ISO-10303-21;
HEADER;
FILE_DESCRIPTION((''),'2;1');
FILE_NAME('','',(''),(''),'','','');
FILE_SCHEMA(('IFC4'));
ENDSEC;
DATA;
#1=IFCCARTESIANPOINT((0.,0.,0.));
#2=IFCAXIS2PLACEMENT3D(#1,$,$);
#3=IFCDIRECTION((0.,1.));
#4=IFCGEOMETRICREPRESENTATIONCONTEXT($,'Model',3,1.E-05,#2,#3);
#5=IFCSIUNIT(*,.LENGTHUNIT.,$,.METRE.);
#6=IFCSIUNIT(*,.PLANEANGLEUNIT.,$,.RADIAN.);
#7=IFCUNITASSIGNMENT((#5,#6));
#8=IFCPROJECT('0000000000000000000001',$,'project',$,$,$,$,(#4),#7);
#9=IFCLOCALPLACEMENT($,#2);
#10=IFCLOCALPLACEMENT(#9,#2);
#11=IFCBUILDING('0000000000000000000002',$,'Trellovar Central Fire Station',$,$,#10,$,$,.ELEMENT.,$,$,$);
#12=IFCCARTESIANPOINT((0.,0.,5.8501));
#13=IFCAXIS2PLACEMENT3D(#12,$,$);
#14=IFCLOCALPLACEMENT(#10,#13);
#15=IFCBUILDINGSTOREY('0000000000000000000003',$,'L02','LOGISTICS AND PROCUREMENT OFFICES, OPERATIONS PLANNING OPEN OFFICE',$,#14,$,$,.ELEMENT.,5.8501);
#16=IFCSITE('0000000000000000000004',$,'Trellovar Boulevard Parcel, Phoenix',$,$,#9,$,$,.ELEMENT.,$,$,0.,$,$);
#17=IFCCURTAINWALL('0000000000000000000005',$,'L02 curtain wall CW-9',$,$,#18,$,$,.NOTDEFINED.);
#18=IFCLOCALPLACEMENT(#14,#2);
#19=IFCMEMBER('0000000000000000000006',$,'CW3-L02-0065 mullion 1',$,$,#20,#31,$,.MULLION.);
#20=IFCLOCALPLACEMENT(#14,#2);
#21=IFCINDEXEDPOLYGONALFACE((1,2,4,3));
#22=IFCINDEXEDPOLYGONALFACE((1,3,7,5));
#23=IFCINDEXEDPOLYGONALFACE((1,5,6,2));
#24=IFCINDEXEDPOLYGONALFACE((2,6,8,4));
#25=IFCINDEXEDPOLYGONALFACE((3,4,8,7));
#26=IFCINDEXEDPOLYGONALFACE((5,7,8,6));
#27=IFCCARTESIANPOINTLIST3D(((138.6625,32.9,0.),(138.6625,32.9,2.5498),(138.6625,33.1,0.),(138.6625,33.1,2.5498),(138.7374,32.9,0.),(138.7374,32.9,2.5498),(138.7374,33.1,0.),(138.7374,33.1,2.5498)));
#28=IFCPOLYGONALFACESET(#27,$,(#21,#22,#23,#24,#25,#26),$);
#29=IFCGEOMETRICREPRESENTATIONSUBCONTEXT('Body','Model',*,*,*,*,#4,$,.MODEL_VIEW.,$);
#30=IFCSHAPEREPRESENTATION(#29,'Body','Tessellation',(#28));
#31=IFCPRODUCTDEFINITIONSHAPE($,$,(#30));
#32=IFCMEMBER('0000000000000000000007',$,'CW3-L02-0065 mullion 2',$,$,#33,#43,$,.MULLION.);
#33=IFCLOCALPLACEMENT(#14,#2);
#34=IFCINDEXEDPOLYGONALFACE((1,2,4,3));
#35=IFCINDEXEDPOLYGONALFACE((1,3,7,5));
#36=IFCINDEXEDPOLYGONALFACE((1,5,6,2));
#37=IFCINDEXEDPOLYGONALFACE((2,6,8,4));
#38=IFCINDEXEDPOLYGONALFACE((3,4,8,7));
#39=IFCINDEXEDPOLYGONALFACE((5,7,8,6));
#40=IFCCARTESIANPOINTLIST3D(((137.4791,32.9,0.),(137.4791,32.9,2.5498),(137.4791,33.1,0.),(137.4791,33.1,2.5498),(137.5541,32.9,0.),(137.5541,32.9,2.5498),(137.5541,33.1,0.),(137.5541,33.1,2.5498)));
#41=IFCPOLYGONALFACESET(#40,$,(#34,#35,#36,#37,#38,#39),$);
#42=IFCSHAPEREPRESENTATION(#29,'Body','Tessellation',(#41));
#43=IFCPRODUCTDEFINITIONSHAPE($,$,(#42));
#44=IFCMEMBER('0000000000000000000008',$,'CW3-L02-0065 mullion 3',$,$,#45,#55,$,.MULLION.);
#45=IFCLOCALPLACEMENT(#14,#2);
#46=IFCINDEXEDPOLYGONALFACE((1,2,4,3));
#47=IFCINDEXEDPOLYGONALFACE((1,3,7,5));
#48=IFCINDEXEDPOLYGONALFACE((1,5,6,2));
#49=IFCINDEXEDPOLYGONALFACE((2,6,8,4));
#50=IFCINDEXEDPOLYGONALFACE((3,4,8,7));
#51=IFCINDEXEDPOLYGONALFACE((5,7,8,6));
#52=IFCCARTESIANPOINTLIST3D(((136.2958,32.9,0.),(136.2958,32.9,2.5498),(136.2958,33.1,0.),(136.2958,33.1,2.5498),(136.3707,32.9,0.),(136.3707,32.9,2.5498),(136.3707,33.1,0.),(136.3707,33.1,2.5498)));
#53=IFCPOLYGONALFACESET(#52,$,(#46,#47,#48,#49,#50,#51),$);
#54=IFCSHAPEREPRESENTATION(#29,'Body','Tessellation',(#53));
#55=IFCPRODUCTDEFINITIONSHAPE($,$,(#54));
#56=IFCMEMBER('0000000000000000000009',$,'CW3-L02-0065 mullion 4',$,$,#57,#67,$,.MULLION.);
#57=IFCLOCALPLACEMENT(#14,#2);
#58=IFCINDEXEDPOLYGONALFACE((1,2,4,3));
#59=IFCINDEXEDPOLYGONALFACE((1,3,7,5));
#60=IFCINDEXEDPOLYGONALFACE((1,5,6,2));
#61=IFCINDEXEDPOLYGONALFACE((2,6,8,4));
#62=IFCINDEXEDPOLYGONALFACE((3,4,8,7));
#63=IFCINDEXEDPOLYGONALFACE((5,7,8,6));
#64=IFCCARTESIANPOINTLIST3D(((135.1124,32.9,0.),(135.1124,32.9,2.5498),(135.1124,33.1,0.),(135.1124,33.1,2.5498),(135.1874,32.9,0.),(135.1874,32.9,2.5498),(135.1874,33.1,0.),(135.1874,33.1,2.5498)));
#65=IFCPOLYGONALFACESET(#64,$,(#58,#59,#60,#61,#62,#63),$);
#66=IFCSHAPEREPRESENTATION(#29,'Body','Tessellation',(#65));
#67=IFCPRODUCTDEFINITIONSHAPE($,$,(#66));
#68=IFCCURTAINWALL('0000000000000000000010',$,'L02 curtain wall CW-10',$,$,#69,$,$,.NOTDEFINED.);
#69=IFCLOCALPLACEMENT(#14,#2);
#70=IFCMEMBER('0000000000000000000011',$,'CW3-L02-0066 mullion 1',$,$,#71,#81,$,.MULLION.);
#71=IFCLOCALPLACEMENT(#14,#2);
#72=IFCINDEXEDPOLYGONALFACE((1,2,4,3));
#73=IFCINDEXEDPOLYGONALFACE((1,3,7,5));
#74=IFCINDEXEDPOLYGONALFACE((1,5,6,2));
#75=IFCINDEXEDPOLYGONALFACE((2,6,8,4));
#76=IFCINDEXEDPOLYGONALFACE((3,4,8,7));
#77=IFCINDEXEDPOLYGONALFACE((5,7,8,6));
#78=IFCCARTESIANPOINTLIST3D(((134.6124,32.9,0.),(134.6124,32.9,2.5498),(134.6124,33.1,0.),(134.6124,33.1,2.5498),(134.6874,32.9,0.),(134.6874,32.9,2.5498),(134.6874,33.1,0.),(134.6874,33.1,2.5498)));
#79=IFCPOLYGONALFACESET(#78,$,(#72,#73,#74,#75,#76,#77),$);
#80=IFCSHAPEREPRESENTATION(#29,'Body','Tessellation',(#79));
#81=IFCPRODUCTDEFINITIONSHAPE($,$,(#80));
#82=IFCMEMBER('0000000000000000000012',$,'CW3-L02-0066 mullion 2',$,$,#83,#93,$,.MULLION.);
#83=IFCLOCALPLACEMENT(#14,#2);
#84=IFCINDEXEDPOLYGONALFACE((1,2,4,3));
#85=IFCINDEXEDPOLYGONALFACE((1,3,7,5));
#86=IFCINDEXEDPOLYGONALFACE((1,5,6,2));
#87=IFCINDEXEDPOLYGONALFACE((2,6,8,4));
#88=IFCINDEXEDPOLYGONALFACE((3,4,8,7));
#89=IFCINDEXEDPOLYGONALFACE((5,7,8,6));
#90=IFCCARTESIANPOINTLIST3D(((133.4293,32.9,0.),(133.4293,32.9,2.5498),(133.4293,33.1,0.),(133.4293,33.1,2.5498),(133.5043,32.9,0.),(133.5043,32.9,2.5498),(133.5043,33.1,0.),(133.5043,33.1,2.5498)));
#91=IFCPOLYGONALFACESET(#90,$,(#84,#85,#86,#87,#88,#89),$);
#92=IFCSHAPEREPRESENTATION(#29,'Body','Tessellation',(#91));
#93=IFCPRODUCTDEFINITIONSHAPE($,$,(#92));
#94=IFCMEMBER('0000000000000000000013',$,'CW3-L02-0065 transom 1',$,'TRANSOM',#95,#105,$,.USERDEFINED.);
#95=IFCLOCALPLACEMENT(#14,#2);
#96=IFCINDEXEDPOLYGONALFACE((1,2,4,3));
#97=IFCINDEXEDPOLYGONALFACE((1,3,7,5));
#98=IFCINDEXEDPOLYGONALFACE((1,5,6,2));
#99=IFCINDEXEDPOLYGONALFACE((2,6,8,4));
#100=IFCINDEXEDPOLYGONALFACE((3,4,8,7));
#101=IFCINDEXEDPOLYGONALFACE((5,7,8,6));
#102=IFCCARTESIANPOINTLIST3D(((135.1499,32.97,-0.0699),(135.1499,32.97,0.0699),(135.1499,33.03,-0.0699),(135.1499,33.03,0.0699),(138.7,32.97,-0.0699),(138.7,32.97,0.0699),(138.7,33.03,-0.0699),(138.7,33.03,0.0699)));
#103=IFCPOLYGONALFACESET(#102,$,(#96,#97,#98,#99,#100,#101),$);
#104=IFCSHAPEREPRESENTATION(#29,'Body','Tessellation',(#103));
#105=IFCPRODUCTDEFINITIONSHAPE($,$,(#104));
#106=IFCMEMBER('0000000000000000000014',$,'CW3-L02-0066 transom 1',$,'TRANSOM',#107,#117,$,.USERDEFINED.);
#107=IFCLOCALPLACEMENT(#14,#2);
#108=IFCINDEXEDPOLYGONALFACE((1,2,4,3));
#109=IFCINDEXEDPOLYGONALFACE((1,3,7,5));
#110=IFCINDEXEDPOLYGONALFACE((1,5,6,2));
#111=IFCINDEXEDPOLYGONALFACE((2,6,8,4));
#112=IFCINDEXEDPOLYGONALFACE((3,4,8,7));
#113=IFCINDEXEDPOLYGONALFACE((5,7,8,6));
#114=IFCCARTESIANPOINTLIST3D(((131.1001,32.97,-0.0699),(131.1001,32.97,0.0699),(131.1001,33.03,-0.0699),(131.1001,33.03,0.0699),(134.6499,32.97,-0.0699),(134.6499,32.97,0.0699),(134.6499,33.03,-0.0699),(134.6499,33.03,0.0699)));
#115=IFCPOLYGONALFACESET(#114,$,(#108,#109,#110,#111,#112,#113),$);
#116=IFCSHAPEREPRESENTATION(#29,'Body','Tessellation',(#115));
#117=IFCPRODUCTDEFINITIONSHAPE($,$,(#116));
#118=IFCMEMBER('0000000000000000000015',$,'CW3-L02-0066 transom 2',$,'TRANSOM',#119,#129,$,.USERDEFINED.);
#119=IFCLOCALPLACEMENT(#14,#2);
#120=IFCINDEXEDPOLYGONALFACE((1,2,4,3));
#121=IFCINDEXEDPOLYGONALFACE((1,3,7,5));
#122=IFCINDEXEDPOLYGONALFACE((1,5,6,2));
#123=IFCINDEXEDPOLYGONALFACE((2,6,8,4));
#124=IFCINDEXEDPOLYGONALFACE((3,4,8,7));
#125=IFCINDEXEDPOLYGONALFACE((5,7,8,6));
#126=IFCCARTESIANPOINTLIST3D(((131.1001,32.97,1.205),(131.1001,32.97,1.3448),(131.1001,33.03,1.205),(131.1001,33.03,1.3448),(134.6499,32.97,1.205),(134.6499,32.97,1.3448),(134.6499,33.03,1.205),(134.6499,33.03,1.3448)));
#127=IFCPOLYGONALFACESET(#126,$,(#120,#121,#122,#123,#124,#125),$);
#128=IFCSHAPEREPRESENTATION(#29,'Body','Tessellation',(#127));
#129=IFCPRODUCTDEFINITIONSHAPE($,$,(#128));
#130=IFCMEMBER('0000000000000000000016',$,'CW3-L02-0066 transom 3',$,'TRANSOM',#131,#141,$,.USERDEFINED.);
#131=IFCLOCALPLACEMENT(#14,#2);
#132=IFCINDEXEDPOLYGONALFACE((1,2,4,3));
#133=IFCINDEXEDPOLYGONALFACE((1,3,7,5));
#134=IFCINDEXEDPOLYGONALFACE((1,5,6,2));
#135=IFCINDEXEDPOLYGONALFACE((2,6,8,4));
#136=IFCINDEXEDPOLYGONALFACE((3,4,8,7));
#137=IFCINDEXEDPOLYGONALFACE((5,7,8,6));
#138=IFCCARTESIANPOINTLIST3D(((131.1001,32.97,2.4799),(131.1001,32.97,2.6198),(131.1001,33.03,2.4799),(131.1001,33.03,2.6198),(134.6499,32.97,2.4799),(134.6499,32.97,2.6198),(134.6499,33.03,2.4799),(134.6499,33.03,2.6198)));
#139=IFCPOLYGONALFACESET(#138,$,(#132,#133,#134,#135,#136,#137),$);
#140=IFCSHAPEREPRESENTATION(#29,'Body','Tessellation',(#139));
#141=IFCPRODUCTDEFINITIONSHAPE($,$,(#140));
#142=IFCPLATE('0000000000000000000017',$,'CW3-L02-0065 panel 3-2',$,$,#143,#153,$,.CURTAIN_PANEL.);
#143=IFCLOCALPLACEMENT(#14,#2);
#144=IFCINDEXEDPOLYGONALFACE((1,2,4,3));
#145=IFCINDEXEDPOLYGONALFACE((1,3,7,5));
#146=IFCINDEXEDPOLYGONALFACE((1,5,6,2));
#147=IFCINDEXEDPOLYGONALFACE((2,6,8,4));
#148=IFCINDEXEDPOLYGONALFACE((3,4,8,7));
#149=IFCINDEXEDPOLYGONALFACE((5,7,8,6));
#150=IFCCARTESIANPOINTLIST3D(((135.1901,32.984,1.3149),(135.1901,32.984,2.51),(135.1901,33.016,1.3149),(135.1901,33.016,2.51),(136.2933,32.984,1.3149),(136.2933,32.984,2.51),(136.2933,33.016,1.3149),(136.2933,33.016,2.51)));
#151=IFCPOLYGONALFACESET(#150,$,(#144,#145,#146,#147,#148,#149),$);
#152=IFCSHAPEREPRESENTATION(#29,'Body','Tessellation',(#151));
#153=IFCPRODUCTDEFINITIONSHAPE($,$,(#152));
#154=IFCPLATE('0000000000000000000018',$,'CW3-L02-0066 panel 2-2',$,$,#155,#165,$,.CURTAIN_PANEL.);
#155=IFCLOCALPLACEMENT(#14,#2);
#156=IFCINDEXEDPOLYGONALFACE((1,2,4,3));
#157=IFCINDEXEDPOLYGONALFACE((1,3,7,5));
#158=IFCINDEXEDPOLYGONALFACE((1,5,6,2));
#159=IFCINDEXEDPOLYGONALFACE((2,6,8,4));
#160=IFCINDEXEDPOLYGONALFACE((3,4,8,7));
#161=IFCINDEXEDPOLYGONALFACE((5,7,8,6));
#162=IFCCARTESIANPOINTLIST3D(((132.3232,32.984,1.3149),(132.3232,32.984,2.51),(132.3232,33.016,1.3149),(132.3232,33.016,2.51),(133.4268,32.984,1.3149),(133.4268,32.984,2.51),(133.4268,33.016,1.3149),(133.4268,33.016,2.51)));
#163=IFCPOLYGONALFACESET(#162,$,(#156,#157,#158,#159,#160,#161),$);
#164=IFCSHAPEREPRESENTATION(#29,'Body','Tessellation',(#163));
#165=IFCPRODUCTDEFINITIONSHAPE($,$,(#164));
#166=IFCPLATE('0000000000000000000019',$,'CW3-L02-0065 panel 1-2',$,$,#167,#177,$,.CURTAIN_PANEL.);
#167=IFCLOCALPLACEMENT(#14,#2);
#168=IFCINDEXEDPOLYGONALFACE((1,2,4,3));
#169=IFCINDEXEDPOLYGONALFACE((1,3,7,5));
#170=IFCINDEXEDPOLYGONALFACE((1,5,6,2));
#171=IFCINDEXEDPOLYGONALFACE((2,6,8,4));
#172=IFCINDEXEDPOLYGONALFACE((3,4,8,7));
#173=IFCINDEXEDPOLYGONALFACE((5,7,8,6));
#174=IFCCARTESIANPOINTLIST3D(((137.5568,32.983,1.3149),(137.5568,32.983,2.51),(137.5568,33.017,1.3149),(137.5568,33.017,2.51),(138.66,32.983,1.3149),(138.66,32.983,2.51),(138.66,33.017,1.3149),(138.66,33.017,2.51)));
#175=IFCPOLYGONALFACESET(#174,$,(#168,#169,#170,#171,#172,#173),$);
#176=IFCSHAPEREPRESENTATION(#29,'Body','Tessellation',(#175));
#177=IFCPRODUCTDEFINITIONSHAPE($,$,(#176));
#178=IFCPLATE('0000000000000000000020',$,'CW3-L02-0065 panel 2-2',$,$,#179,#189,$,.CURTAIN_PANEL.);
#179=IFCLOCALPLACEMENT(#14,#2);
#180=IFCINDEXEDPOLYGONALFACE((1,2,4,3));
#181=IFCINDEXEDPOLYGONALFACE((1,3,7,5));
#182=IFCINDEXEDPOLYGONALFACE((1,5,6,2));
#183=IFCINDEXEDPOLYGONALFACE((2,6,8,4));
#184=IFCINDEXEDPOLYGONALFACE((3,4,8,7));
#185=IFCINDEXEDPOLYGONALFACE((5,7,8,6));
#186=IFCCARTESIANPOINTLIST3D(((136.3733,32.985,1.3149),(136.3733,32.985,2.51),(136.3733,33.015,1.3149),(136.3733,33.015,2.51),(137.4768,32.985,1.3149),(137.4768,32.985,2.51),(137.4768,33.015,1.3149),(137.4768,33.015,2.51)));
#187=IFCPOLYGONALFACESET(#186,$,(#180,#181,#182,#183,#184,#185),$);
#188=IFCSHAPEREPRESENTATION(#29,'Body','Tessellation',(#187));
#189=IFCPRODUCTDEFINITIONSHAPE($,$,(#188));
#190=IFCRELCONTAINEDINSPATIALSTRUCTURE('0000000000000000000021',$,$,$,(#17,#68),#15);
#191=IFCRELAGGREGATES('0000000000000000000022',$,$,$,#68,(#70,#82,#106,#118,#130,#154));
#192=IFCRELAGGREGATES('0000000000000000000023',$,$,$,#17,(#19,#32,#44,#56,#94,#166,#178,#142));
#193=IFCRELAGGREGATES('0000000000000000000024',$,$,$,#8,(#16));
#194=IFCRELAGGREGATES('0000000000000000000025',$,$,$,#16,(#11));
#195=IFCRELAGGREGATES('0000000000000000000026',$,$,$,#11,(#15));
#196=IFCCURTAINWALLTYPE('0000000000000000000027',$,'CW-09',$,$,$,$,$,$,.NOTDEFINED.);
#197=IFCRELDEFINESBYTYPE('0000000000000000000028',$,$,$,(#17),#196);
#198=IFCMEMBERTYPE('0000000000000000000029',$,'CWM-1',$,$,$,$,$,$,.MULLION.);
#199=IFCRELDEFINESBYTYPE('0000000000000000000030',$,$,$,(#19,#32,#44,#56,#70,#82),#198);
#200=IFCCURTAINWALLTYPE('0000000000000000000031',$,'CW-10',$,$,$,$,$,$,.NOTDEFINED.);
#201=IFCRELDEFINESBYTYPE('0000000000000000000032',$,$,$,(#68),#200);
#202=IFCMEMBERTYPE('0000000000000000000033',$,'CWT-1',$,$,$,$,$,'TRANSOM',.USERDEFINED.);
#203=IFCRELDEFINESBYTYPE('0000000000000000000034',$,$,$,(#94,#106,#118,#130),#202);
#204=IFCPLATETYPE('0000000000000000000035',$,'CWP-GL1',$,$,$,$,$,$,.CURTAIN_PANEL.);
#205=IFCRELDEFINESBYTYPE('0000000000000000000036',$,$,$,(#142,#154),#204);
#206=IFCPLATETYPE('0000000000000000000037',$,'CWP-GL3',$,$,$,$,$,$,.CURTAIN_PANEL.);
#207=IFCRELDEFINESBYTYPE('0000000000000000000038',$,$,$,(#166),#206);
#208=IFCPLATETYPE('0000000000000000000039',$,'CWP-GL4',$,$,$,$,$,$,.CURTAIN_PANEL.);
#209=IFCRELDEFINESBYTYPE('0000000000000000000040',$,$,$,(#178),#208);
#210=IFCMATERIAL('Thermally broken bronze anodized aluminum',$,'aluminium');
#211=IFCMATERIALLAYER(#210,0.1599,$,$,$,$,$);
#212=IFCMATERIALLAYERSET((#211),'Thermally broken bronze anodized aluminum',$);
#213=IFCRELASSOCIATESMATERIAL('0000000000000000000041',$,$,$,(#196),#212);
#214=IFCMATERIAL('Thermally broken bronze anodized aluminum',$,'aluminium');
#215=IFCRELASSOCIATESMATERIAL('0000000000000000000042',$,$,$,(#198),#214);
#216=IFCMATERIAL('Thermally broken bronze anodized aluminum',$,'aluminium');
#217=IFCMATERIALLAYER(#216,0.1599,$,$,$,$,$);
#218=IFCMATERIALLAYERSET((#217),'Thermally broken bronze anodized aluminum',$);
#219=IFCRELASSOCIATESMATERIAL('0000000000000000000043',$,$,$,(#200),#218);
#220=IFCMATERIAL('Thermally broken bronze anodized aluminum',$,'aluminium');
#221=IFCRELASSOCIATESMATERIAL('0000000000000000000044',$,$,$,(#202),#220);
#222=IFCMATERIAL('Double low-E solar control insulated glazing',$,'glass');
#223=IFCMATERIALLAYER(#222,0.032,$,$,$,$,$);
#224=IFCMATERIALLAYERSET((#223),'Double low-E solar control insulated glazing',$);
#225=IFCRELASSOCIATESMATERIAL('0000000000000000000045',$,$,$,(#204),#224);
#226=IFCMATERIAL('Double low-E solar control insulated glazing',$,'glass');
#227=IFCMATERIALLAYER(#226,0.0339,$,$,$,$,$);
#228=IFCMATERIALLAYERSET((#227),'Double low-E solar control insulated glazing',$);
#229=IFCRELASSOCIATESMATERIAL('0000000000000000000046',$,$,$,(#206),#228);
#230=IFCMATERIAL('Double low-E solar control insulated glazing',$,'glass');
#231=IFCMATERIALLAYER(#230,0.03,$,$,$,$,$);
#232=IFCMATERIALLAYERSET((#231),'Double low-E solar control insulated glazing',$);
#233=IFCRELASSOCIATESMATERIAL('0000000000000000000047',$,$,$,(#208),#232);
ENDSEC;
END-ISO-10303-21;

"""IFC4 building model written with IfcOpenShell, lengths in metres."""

from ifc_helpers import new_model, si_unit, direction, frame, origin, origin_2d, place, context, subcontext, project, spatial, rectangle, extrude, material, layer, layer_set, material_profile, profile_set, type_object, element, aggregate, save


model = new_model("IFC4")

# Units and contexts
model_context = context("Model", 3, precision=1e-05, world=origin(), true_north=direction((0.0, 1.0)))
body_context = subcontext(model_context, "Body", "Model", "MODEL_VIEW")
ifc_project = project(units=[si_unit("LENGTHUNIT", "METRE"), si_unit("PLANEANGLEUNIT", "RADIAN")], contexts=[model_context])

# Site, building, storey
site_placement = place(None, origin())
site = spatial("IfcSite", under=ifc_project, at=site_placement, Name="Trellovar Boulevard Parcel, Phoenix", CompositionType="ELEMENT", RefElevation=0.0)
building_placement = place(site_placement, origin())
building = spatial("IfcBuilding", under=site, at=building_placement, Name="Trellovar Central Fire Station", CompositionType="ELEMENT")
storey_placement = place(building_placement, frame((0.0, 0.0, 5.8501)))
storey = spatial("IfcBuildingStorey", under=building, at=storey_placement, Name="L02", Description="LOGISTICS AND PROCUREMENT OFFICES, OPERATIONS PLANNING OPEN OFFICE", CompositionType="ELEMENT", Elevation=5.8501)

# Curtain walls, members
ifc_material_1 = material(Name="Thermally broken bronze anodized aluminum", Category="aluminium")
ifc_layer_1 = layer(ifc_material_1, 0.1599)
ifc_layer_set_1 = layer_set([ifc_layer_1], Name="Thermally broken bronze anodized aluminum")
curtain_wall_type_1 = type_object("IfcCurtainWallType", Name="CW-09", PredefinedType="NOTDEFINED", material=ifc_layer_set_1)
curtain_wall_1_placement = place(storey_placement, origin())
curtain_wall_1 = element("IfcCurtainWall", 1, at=curtain_wall_1_placement, inside=storey, type_object=curtain_wall_type_1, Name="L02 curtain wall CW-9", PredefinedType="NOTDEFINED")
ifc_material_2 = material(Name="Thermally broken bronze anodized aluminum", Category="aluminium")
ifc_material_profile_1 = material_profile(ifc_material_2, rectangle(XDim=0.075, YDim=0.2, at=origin_2d()), Name="ALU75X200")
ifc_profile_set_1 = profile_set([ifc_material_profile_1], Name="Thermally broken bronze anodized aluminum")
member_type_1 = type_object("IfcMemberType", Name="CWM-1", PredefinedType="MULLION", material=ifc_profile_set_1)
member_1_placement = place(storey_placement, frame((138.7, 33.0, 0.0), z_axis=(0.0, 0.0, 1.0), x_axis=(1.0, 0.0, 0.0)))
member_1 = element("IfcMember", 2, at=member_1_placement, type_object=member_type_1, Name="CW3-L02-0065 mullion 1", PredefinedType="MULLION", context=body_context, shape_type="SweptSolid", body=[
    extrude(rectangle(XDim=0.075, YDim=0.2, at=origin_2d()), origin(), (0.0, 0.0, 1.0), 2.5498),
])
member_2_placement = place(storey_placement, frame((137.5166, 33.0, 0.0), z_axis=(0.0, 0.0, 1.0), x_axis=(1.0, 0.0, 0.0)))
member_2 = element("IfcMember", 3, at=member_2_placement, type_object=member_type_1, Name="CW3-L02-0065 mullion 2", PredefinedType="MULLION", context=body_context, shape_type="SweptSolid", body=[
    extrude(rectangle(XDim=0.075, YDim=0.2, at=origin_2d()), origin(), (0.0, 0.0, 1.0), 2.5498),
])
member_3_placement = place(storey_placement, frame((136.3333, 33.0, 0.0), z_axis=(0.0, 0.0, 1.0), x_axis=(1.0, 0.0, 0.0)))
member_3 = element("IfcMember", 4, at=member_3_placement, type_object=member_type_1, Name="CW3-L02-0065 mullion 3", PredefinedType="MULLION", context=body_context, shape_type="SweptSolid", body=[
    extrude(rectangle(XDim=0.075, YDim=0.2, at=origin_2d()), origin(), (0.0, 0.0, 1.0), 2.5498),
])
member_4_placement = place(storey_placement, frame((135.1499, 33.0, 0.0), z_axis=(0.0, 0.0, 1.0), x_axis=(1.0, 0.0, 0.0)))
member_4 = element("IfcMember", 5, at=member_4_placement, type_object=member_type_1, Name="CW3-L02-0065 mullion 4", PredefinedType="MULLION", context=body_context, shape_type="SweptSolid", body=[
    extrude(rectangle(XDim=0.075, YDim=0.2, at=origin_2d()), origin(), (0.0, 0.0, 1.0), 2.5498),
])
ifc_material_3 = material(Name="Thermally broken bronze anodized aluminum", Category="aluminium")
ifc_layer_2 = layer(ifc_material_3, 0.1599)
ifc_layer_set_2 = layer_set([ifc_layer_2], Name="Thermally broken bronze anodized aluminum")
curtain_wall_type_2 = type_object("IfcCurtainWallType", Name="CW-10", PredefinedType="NOTDEFINED", material=ifc_layer_set_2)
curtain_wall_2_placement = place(storey_placement, origin())
curtain_wall_2 = element("IfcCurtainWall", 6, at=curtain_wall_2_placement, inside=storey, type_object=curtain_wall_type_2, Name="L02 curtain wall CW-10", PredefinedType="NOTDEFINED")
member_5_placement = place(storey_placement, frame((134.6499, 33.0, 0.0), z_axis=(0.0, 0.0, 1.0), x_axis=(1.0, 0.0, 0.0)))
member_5 = element("IfcMember", 7, at=member_5_placement, type_object=member_type_1, Name="CW3-L02-0066 mullion 1", PredefinedType="MULLION", context=body_context, shape_type="SweptSolid", body=[
    extrude(rectangle(XDim=0.075, YDim=0.2, at=origin_2d()), origin(), (0.0, 0.0, 1.0), 2.5498),
])
member_6_placement = place(storey_placement, frame((133.4668, 33.0, 0.0), z_axis=(0.0, 0.0, 1.0), x_axis=(1.0, 0.0, 0.0)))
member_6 = element("IfcMember", 8, at=member_6_placement, type_object=member_type_1, Name="CW3-L02-0066 mullion 2", PredefinedType="MULLION", context=body_context, shape_type="SweptSolid", body=[
    extrude(rectangle(XDim=0.075, YDim=0.2, at=origin_2d()), origin(), (0.0, 0.0, 1.0), 2.5498),
])

# Members
ifc_material_4 = material(Name="Thermally broken bronze anodized aluminum", Category="aluminium")
ifc_material_profile_2 = material_profile(ifc_material_4, rectangle(XDim=0.0601, YDim=0.1399, at=origin_2d()), Name="ALU60X140")
ifc_profile_set_2 = profile_set([ifc_material_profile_2], Name="Thermally broken bronze anodized aluminum")
member_type_2 = type_object("IfcMemberType", Name="CWT-1", ElementType="TRANSOM", PredefinedType="USERDEFINED", material=ifc_profile_set_2)
member_7_placement = place(storey_placement, frame((138.7, 33.0, 0.0), z_axis=(-1.0, 0.0, 0.0), x_axis=(0.0, -1.0, 0.0)))
member_7 = element("IfcMember", 9, at=member_7_placement, type_object=member_type_2, Name="CW3-L02-0065 transom 1", ObjectType="TRANSOM", PredefinedType="USERDEFINED", context=body_context, shape_type="SweptSolid", body=[
    extrude(rectangle(XDim=0.0601, YDim=0.1399, at=origin_2d()), origin(), (0.0, 0.0, 1.0), 3.55),
])
member_8_placement = place(storey_placement, frame((134.6499, 33.0, 0.0), z_axis=(-1.0, 0.0, 0.0), x_axis=(0.0, -1.0, 0.0)))
member_8 = element("IfcMember", 10, at=member_8_placement, type_object=member_type_2, Name="CW3-L02-0066 transom 1", ObjectType="TRANSOM", PredefinedType="USERDEFINED", context=body_context, shape_type="SweptSolid", body=[
    extrude(rectangle(XDim=0.0601, YDim=0.1399, at=origin_2d()), origin(), (0.0, 0.0, 1.0), 3.5498),
])
member_9_placement = place(storey_placement, frame((134.6499, 33.0, 1.2749), z_axis=(-1.0, 0.0, 0.0), x_axis=(0.0, -1.0, 0.0)))
member_9 = element("IfcMember", 11, at=member_9_placement, type_object=member_type_2, Name="CW3-L02-0066 transom 2", ObjectType="TRANSOM", PredefinedType="USERDEFINED", context=body_context, shape_type="SweptSolid", body=[
    extrude(rectangle(XDim=0.0601, YDim=0.1399, at=origin_2d()), origin(), (0.0, 0.0, 1.0), 3.5498),
])
member_10_placement = place(storey_placement, frame((134.6499, 33.0, 2.5498), z_axis=(-1.0, 0.0, 0.0), x_axis=(0.0, -1.0, 0.0)))
member_10 = element("IfcMember", 12, at=member_10_placement, type_object=member_type_2, Name="CW3-L02-0066 transom 3", ObjectType="TRANSOM", PredefinedType="USERDEFINED", context=body_context, shape_type="SweptSolid", body=[
    extrude(rectangle(XDim=0.0601, YDim=0.1399, at=origin_2d()), origin(), (0.0, 0.0, 1.0), 3.5498),
])

# Plates
ifc_material_5 = material(Name="Double low-E solar control insulated glazing", Category="glass")
ifc_layer_3 = layer(ifc_material_5, 0.032)
ifc_layer_set_3 = layer_set([ifc_layer_3], Name="Double low-E solar control insulated glazing")
plate_type_1 = type_object("IfcPlateType", Name="CWP-GL1", PredefinedType="CURTAIN_PANEL", material=ifc_layer_set_3)
plate_1_placement = place(storey_placement, frame((135.7417, 33.0, 1.3149), z_axis=(0.0, 0.0, 1.0), x_axis=(-1.0, 0.0, 0.0)))
plate_1 = element("IfcPlate", 13, at=plate_1_placement, type_object=plate_type_1, Name="CW3-L02-0065 panel 3-2", PredefinedType="CURTAIN_PANEL", context=body_context, shape_type="SweptSolid", body=[
    extrude(rectangle(XDim=1.1033, YDim=0.032, at=origin_2d()), origin(), (0.0, 0.0, 1.0), 1.1951),
])
plate_2_placement = place(storey_placement, frame((132.875, 33.0, 1.3149), z_axis=(0.0, 0.0, 1.0), x_axis=(-1.0, 0.0, 0.0)))
plate_2 = element("IfcPlate", 14, at=plate_2_placement, type_object=plate_type_1, Name="CW3-L02-0066 panel 2-2", PredefinedType="CURTAIN_PANEL", context=body_context, shape_type="SweptSolid", body=[
    extrude(rectangle(XDim=1.1035, YDim=0.032, at=origin_2d()), origin(), (0.0, 0.0, 1.0), 1.1951),
])
ifc_material_6 = material(Name="Double low-E solar control insulated glazing", Category="glass")
ifc_layer_4 = layer(ifc_material_6, 0.0339)
ifc_layer_set_4 = layer_set([ifc_layer_4], Name="Double low-E solar control insulated glazing")
plate_type_2 = type_object("IfcPlateType", Name="CWP-GL3", PredefinedType="CURTAIN_PANEL", material=ifc_layer_set_4)
plate_3_placement = place(storey_placement, frame((138.1084, 33.0, 1.3149), z_axis=(0.0, 0.0, 1.0), x_axis=(-1.0, 0.0, 0.0)))
plate_3 = element("IfcPlate", 15, at=plate_3_placement, type_object=plate_type_2, Name="CW3-L02-0065 panel 1-2", PredefinedType="CURTAIN_PANEL", context=body_context, shape_type="SweptSolid", body=[
    extrude(rectangle(XDim=1.1033, YDim=0.0339, at=origin_2d()), origin(), (0.0, 0.0, 1.0), 1.1951),
])
ifc_material_7 = material(Name="Double low-E solar control insulated glazing", Category="glass")
ifc_layer_5 = layer(ifc_material_7, 0.03)
ifc_layer_set_5 = layer_set([ifc_layer_5], Name="Double low-E solar control insulated glazing")
plate_type_3 = type_object("IfcPlateType", Name="CWP-GL4", PredefinedType="CURTAIN_PANEL", material=ifc_layer_set_5)
plate_4_placement = place(storey_placement, frame((136.925, 33.0, 1.3149), z_axis=(0.0, 0.0, 1.0), x_axis=(-1.0, 0.0, 0.0)))
plate_4 = element("IfcPlate", 16, at=plate_4_placement, type_object=plate_type_3, Name="CW3-L02-0065 panel 2-2", PredefinedType="CURTAIN_PANEL", context=body_context, shape_type="SweptSolid", body=[
    extrude(rectangle(XDim=1.1035, YDim=0.03, at=origin_2d()), origin(), (0.0, 0.0, 1.0), 1.1951),
])
aggregate(curtain_wall_2, [member_5, member_6, member_8, member_9, member_10, plate_2])
aggregate(curtain_wall_1, [member_1, member_2, member_3, member_4, member_7, plate_3, plate_4, plate_1])

save(model, "model.ifc")
